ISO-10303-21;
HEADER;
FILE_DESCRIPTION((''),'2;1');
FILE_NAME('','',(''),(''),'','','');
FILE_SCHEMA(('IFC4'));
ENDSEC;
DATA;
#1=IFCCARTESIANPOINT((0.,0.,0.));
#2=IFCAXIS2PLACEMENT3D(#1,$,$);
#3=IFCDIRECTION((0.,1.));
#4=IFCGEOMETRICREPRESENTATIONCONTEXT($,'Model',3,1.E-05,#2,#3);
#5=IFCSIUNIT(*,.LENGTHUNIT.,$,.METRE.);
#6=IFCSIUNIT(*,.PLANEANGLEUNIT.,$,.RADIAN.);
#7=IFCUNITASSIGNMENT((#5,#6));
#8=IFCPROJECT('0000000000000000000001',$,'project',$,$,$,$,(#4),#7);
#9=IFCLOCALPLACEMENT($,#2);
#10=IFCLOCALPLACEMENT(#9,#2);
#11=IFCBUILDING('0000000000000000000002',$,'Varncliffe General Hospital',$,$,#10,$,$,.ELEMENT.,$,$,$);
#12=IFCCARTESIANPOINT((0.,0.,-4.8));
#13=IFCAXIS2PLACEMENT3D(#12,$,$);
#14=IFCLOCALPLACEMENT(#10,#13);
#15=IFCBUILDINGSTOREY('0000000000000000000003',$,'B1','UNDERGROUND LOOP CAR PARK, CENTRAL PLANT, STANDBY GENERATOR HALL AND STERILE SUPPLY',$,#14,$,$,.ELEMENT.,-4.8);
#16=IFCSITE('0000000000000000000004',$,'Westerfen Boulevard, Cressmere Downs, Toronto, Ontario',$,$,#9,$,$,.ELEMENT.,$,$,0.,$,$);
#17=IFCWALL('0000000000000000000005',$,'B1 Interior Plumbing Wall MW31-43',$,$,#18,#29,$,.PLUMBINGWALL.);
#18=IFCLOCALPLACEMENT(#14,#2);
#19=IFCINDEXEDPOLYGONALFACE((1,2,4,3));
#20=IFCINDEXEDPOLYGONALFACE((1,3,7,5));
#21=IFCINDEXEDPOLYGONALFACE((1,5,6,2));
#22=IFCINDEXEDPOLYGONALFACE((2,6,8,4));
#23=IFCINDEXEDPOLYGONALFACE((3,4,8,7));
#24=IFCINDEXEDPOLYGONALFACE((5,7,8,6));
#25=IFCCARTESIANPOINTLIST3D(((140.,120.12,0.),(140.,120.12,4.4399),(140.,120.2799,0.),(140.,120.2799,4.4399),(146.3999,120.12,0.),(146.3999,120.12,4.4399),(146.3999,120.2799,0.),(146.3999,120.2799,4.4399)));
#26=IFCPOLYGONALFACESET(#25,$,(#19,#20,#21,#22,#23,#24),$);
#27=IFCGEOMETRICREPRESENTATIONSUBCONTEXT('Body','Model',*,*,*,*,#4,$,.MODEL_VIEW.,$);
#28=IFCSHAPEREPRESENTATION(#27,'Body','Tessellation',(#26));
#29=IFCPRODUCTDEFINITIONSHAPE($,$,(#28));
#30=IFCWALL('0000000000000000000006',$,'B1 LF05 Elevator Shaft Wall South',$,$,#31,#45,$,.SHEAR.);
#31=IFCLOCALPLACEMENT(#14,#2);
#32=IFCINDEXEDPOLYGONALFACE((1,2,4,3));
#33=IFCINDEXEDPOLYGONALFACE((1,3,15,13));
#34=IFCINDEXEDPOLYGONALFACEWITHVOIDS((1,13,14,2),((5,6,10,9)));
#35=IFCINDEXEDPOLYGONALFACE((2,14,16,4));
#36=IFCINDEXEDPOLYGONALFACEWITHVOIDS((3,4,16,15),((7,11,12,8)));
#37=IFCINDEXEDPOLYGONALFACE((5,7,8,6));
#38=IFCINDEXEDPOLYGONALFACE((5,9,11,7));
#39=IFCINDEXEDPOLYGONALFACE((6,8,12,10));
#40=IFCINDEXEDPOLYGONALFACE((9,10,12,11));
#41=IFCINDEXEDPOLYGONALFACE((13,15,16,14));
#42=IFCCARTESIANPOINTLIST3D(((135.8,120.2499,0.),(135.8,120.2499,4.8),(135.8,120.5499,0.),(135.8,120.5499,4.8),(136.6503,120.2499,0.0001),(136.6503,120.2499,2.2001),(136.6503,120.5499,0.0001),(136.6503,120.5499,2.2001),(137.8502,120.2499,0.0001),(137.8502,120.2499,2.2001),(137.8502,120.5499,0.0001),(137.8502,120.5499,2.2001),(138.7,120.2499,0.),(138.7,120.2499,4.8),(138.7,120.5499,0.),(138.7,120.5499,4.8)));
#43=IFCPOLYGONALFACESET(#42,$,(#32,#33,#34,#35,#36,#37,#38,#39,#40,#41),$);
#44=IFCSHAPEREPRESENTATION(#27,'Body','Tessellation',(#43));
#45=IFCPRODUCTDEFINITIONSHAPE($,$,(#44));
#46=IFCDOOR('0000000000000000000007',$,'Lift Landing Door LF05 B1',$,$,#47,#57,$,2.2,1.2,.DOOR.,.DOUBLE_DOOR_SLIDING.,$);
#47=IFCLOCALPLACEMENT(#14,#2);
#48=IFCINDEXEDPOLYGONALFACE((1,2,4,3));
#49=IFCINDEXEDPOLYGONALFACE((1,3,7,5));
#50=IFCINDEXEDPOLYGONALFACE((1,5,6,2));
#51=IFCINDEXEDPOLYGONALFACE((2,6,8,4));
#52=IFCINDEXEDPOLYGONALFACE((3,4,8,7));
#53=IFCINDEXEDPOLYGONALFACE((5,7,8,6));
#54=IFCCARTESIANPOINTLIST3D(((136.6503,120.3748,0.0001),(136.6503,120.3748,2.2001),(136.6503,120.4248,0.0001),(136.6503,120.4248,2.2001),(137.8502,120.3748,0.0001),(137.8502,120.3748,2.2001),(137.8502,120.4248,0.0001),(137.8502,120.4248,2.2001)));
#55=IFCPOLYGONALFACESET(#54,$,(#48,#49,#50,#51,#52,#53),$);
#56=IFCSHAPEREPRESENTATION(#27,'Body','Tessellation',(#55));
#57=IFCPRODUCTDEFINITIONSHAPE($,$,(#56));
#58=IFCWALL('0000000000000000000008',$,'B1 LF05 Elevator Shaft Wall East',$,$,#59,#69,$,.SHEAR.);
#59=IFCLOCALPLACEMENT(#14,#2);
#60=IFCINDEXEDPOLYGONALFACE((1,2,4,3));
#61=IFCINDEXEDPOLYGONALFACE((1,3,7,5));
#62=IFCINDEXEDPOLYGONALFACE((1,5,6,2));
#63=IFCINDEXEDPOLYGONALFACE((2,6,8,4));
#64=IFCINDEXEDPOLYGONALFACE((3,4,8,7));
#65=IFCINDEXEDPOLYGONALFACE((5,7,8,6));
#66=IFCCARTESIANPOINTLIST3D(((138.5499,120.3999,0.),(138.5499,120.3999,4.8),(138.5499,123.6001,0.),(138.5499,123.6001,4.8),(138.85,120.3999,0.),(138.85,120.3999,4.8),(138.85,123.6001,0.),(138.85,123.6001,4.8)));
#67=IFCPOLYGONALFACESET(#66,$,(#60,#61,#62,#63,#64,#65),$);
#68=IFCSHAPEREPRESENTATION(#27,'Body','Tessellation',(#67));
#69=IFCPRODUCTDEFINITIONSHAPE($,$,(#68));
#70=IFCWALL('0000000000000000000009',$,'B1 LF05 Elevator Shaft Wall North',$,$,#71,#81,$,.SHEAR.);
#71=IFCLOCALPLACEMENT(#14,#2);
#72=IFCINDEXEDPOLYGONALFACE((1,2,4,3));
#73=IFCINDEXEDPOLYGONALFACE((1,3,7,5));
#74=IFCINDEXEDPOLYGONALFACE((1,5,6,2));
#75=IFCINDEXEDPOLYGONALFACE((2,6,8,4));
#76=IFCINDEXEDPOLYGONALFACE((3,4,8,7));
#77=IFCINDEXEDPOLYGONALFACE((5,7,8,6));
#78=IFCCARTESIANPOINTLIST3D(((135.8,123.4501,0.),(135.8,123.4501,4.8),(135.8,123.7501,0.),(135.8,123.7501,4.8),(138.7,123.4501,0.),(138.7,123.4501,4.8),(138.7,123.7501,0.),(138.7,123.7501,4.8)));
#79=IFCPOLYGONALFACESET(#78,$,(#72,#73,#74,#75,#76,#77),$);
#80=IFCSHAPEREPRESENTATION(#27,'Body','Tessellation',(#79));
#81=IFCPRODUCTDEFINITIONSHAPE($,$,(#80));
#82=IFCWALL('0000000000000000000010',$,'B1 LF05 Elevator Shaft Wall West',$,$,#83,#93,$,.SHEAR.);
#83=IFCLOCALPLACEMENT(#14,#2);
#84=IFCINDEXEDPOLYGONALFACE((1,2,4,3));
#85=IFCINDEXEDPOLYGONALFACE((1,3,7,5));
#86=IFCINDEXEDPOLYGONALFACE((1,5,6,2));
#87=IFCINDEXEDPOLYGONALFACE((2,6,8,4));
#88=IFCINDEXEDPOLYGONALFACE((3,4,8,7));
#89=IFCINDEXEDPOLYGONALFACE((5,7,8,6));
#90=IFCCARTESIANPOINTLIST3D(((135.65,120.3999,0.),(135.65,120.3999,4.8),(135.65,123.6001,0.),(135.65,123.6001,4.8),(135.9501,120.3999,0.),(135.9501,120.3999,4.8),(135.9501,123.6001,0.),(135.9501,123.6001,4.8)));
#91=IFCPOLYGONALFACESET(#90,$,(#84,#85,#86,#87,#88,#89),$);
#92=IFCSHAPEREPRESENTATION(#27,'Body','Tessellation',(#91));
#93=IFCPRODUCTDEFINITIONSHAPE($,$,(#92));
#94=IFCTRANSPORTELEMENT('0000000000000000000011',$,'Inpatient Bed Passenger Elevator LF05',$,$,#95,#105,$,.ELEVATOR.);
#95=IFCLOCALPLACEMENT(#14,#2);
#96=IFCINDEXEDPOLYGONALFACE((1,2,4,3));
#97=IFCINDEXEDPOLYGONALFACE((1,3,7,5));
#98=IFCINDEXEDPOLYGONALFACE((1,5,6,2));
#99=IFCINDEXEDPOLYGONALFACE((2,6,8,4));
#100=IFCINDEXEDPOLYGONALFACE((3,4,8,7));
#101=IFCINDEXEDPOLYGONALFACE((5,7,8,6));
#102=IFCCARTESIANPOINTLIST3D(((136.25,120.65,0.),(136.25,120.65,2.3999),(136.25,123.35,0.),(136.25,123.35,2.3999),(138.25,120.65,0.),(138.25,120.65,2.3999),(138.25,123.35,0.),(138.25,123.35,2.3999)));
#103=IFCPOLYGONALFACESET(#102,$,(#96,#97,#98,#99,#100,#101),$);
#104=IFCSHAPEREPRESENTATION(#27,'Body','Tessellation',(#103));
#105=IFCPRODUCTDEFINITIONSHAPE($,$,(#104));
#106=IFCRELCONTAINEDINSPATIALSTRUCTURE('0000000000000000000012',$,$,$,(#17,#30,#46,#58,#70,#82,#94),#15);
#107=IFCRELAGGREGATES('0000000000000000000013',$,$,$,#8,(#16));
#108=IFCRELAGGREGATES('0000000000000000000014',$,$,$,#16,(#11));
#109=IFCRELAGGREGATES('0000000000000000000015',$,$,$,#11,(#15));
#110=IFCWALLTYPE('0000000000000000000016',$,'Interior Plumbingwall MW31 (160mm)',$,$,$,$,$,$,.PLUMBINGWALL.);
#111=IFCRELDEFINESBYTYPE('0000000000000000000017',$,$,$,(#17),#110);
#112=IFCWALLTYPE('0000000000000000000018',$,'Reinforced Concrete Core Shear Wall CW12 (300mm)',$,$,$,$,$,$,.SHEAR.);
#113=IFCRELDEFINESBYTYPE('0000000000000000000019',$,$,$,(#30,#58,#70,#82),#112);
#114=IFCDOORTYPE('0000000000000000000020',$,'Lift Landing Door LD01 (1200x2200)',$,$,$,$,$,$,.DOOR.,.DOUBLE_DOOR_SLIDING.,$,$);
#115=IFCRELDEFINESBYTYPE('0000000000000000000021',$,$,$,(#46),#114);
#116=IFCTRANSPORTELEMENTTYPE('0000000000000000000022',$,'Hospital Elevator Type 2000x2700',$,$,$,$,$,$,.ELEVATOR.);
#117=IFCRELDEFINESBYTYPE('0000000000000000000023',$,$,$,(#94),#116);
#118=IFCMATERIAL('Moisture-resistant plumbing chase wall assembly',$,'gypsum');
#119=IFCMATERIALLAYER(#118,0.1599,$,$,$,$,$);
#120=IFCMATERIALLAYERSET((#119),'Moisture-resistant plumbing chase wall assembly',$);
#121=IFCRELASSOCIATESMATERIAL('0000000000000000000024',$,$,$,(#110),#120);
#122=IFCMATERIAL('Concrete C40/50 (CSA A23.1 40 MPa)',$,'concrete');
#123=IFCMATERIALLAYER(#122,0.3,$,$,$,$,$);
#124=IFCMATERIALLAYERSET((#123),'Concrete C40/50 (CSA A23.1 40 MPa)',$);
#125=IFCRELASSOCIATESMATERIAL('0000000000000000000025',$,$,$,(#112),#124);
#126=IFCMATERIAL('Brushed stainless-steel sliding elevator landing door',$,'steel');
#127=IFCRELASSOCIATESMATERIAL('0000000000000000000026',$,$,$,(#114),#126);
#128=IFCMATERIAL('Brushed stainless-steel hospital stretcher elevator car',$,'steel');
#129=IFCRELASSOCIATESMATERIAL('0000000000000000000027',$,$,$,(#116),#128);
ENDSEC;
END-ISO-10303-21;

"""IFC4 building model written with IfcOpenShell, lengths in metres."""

from ifc_helpers import new_model, si_unit, direction, frame, frame_2d, origin, origin_2d, place, context, subcontext, project, spatial, rectangle, extrude, material, layer, layer_set, type_object, element, fill, save


model = new_model("IFC4")

# Units and contexts
model_context = context("Model", 3, precision=1e-05, world=origin(), true_north=direction((0.0, 1.0)))
body_context = subcontext(model_context, "Body", "Model", "MODEL_VIEW")
ifc_project = project(units=[si_unit("LENGTHUNIT", "METRE"), si_unit("PLANEANGLEUNIT", "RADIAN")], contexts=[model_context])

# Site, building, storey
site_placement = place(None, origin())
site = spatial("IfcSite", under=ifc_project, at=site_placement, Name="Westerfen Boulevard, Cressmere Downs, Toronto, Ontario", CompositionType="ELEMENT", RefElevation=0.0)
building_placement = place(site_placement, origin())
building = spatial("IfcBuilding", under=site, at=building_placement, Name="Varncliffe General Hospital", CompositionType="ELEMENT")
storey_placement = place(building_placement, frame((0.0, 0.0, -4.8)))
storey = spatial("IfcBuildingStorey", under=building, at=storey_placement, Name="B1", Description="UNDERGROUND LOOP CAR PARK, CENTRAL PLANT, STANDBY GENERATOR HALL AND STERILE SUPPLY", CompositionType="ELEMENT", Elevation=-4.8)

# Shared definitions
ifc_material_1 = material(Name="Concrete C40/50 (CSA A23.1 40 MPa)", Category="concrete")

# Wall
ifc_material_2 = material(Name="Moisture-resistant plumbing chase wall assembly", Category="gypsum")
ifc_layer_1 = layer(ifc_material_2, 0.1599)
ifc_layer_set_1 = layer_set([ifc_layer_1], Name="Moisture-resistant plumbing chase wall assembly")
wall_type_1 = type_object("IfcWallType", Name="Interior Plumbingwall MW31 (160mm)", PredefinedType="PLUMBINGWALL", material=ifc_layer_set_1)
wall_1_placement = place(storey_placement, frame((140.0, 120.2, 0.0), z_axis=(0.0, 0.0, 1.0), x_axis=(1.0, 0.0, 0.0)))
element("IfcWall", 1, at=wall_1_placement, inside=storey, type_object=wall_type_1, Name="B1 Interior Plumbing Wall MW31-43", PredefinedType="PLUMBINGWALL", context=body_context, shape_type="SweptSolid", body=[
    extrude(rectangle(XDim=6.3999, YDim=0.1599, at=frame_2d((3.2, 0.0))), origin(), (0.0, 0.0, 1.0), 4.4399),
])

# Wall, opening, door
ifc_layer_2 = layer(ifc_material_1, 0.3)
ifc_layer_set_2 = layer_set([ifc_layer_2], Name="Concrete C40/50 (CSA A23.1 40 MPa)")
wall_type_2 = type_object("IfcWallType", Name="Reinforced Concrete Core Shear Wall CW12 (300mm)", PredefinedType="SHEAR", material=ifc_layer_set_2)
wall_2_placement = place(storey_placement, frame((135.8, 120.3999, 0.0), z_axis=(0.0, 0.0, 1.0), x_axis=(1.0, 0.0, 0.0)))
wall_2 = element("IfcWall", 2, at=wall_2_placement, inside=storey, type_object=wall_type_2, Name="B1 LF05 Elevator Shaft Wall South", PredefinedType="SHEAR", context=body_context, shape_type="SweptSolid", body=[
    extrude(rectangle(XDim=2.8999, YDim=0.3, at=frame_2d((1.45, 0.0))), origin(), (0.0, 0.0, 1.0), 4.8),
])
opening_1_placement = place(wall_2_placement, frame((0.8501, 0.0, 0.0)))
opening_1 = element("IfcOpeningElement", 3, at=opening_1_placement, cuts=wall_2, PredefinedType="OPENING", context=body_context, shape_type="SweptSolid", body=[
    extrude(rectangle(XDim=1.2, YDim=2.2, at=frame_2d((0.6001, 1.1001))), frame((0.0, 0.1602, 0.0), z_axis=(0.0, -1.0, 0.0), x_axis=(1.0, 0.0, 0.0)), (0.0, 0.0, 1.0), 0.3201),
])
ifc_material_3 = material(Name="Brushed stainless-steel sliding elevator landing door", Category="steel")
door_type_1 = type_object("IfcDoorType", Name="Lift Landing Door LD01 (1200x2200)", OperationType="DOUBLE_DOOR_SLIDING", PredefinedType="DOOR", material=ifc_material_3)
door_1_placement = place(opening_1_placement, origin())
door_1 = element("IfcDoor", 4, at=door_1_placement, inside=storey, type_object=door_type_1, Name="Lift Landing Door LF05 B1", OperationType="DOUBLE_DOOR_SLIDING", OverallHeight=2.2, OverallWidth=1.2, PredefinedType="DOOR", context=body_context, shape_type="SweptSolid", body=[
    extrude(rectangle(XDim=1.2, YDim=2.2, at=frame_2d((0.6001, 1.1001))), frame((0.0, 0.0249, 0.0), z_axis=(0.0, -1.0, 0.0), x_axis=(1.0, 0.0, 0.0)), (0.0, 0.0, 1.0), 0.05),
])
fill(opening_1, door_1)

# Walls
wall_3_placement = place(storey_placement, frame((138.7, 120.3999, 0.0), z_axis=(0.0, 0.0, 1.0), x_axis=(0.0, 1.0, 0.0)))
element("IfcWall", 5, at=wall_3_placement, inside=storey, type_object=wall_type_2, Name="B1 LF05 Elevator Shaft Wall East", PredefinedType="SHEAR", context=body_context, shape_type="SweptSolid", body=[
    extrude(rectangle(XDim=3.2002, YDim=0.3, at=frame_2d((1.6001, 0.0))), origin(), (0.0, 0.0, 1.0), 4.8),
])
wall_4_placement = place(storey_placement, frame((138.7, 123.6001, 0.0), z_axis=(0.0, 0.0, 1.0), x_axis=(-1.0, 0.0, 0.0)))
element("IfcWall", 6, at=wall_4_placement, inside=storey, type_object=wall_type_2, Name="B1 LF05 Elevator Shaft Wall North", PredefinedType="SHEAR", context=body_context, shape_type="SweptSolid", body=[
    extrude(rectangle(XDim=2.8999, YDim=0.3, at=frame_2d((1.45, 0.0))), origin(), (0.0, 0.0, 1.0), 4.8),
])
wall_5_placement = place(storey_placement, frame((135.8, 123.6001, 0.0), z_axis=(0.0, 0.0, 1.0), x_axis=(0.0, -1.0, 0.0)))
element("IfcWall", 7, at=wall_5_placement, inside=storey, type_object=wall_type_2, Name="B1 LF05 Elevator Shaft Wall West", PredefinedType="SHEAR", context=body_context, shape_type="SweptSolid", body=[
    extrude(rectangle(XDim=3.2002, YDim=0.3, at=frame_2d((1.6001, 0.0))), origin(), (0.0, 0.0, 1.0), 4.8),
])

# Transport element
ifc_material_4 = material(Name="Brushed stainless-steel hospital stretcher elevator car", Category="steel")
transport_element_type = type_object("IfcTransportElementType", Name="Hospital Elevator Type 2000x2700", PredefinedType="ELEVATOR", material=ifc_material_4)
transport_element_placement = place(storey_placement, frame((137.25, 122.0, 0.0), z_axis=(0.0, 0.0, 1.0), x_axis=(1.0, 0.0, 0.0)))
element("IfcTransportElement", 8, at=transport_element_placement, inside=storey, type_object=transport_element_type, Name="Inpatient Bed Passenger Elevator LF05", PredefinedType="ELEVATOR", context=body_context, shape_type="SweptSolid", body=[
    extrude(rectangle(XDim=2.0, YDim=2.7, at=origin_2d()), origin(), (0.0, 0.0, 1.0), 2.3999),
])

save(model, "model.ifc")
